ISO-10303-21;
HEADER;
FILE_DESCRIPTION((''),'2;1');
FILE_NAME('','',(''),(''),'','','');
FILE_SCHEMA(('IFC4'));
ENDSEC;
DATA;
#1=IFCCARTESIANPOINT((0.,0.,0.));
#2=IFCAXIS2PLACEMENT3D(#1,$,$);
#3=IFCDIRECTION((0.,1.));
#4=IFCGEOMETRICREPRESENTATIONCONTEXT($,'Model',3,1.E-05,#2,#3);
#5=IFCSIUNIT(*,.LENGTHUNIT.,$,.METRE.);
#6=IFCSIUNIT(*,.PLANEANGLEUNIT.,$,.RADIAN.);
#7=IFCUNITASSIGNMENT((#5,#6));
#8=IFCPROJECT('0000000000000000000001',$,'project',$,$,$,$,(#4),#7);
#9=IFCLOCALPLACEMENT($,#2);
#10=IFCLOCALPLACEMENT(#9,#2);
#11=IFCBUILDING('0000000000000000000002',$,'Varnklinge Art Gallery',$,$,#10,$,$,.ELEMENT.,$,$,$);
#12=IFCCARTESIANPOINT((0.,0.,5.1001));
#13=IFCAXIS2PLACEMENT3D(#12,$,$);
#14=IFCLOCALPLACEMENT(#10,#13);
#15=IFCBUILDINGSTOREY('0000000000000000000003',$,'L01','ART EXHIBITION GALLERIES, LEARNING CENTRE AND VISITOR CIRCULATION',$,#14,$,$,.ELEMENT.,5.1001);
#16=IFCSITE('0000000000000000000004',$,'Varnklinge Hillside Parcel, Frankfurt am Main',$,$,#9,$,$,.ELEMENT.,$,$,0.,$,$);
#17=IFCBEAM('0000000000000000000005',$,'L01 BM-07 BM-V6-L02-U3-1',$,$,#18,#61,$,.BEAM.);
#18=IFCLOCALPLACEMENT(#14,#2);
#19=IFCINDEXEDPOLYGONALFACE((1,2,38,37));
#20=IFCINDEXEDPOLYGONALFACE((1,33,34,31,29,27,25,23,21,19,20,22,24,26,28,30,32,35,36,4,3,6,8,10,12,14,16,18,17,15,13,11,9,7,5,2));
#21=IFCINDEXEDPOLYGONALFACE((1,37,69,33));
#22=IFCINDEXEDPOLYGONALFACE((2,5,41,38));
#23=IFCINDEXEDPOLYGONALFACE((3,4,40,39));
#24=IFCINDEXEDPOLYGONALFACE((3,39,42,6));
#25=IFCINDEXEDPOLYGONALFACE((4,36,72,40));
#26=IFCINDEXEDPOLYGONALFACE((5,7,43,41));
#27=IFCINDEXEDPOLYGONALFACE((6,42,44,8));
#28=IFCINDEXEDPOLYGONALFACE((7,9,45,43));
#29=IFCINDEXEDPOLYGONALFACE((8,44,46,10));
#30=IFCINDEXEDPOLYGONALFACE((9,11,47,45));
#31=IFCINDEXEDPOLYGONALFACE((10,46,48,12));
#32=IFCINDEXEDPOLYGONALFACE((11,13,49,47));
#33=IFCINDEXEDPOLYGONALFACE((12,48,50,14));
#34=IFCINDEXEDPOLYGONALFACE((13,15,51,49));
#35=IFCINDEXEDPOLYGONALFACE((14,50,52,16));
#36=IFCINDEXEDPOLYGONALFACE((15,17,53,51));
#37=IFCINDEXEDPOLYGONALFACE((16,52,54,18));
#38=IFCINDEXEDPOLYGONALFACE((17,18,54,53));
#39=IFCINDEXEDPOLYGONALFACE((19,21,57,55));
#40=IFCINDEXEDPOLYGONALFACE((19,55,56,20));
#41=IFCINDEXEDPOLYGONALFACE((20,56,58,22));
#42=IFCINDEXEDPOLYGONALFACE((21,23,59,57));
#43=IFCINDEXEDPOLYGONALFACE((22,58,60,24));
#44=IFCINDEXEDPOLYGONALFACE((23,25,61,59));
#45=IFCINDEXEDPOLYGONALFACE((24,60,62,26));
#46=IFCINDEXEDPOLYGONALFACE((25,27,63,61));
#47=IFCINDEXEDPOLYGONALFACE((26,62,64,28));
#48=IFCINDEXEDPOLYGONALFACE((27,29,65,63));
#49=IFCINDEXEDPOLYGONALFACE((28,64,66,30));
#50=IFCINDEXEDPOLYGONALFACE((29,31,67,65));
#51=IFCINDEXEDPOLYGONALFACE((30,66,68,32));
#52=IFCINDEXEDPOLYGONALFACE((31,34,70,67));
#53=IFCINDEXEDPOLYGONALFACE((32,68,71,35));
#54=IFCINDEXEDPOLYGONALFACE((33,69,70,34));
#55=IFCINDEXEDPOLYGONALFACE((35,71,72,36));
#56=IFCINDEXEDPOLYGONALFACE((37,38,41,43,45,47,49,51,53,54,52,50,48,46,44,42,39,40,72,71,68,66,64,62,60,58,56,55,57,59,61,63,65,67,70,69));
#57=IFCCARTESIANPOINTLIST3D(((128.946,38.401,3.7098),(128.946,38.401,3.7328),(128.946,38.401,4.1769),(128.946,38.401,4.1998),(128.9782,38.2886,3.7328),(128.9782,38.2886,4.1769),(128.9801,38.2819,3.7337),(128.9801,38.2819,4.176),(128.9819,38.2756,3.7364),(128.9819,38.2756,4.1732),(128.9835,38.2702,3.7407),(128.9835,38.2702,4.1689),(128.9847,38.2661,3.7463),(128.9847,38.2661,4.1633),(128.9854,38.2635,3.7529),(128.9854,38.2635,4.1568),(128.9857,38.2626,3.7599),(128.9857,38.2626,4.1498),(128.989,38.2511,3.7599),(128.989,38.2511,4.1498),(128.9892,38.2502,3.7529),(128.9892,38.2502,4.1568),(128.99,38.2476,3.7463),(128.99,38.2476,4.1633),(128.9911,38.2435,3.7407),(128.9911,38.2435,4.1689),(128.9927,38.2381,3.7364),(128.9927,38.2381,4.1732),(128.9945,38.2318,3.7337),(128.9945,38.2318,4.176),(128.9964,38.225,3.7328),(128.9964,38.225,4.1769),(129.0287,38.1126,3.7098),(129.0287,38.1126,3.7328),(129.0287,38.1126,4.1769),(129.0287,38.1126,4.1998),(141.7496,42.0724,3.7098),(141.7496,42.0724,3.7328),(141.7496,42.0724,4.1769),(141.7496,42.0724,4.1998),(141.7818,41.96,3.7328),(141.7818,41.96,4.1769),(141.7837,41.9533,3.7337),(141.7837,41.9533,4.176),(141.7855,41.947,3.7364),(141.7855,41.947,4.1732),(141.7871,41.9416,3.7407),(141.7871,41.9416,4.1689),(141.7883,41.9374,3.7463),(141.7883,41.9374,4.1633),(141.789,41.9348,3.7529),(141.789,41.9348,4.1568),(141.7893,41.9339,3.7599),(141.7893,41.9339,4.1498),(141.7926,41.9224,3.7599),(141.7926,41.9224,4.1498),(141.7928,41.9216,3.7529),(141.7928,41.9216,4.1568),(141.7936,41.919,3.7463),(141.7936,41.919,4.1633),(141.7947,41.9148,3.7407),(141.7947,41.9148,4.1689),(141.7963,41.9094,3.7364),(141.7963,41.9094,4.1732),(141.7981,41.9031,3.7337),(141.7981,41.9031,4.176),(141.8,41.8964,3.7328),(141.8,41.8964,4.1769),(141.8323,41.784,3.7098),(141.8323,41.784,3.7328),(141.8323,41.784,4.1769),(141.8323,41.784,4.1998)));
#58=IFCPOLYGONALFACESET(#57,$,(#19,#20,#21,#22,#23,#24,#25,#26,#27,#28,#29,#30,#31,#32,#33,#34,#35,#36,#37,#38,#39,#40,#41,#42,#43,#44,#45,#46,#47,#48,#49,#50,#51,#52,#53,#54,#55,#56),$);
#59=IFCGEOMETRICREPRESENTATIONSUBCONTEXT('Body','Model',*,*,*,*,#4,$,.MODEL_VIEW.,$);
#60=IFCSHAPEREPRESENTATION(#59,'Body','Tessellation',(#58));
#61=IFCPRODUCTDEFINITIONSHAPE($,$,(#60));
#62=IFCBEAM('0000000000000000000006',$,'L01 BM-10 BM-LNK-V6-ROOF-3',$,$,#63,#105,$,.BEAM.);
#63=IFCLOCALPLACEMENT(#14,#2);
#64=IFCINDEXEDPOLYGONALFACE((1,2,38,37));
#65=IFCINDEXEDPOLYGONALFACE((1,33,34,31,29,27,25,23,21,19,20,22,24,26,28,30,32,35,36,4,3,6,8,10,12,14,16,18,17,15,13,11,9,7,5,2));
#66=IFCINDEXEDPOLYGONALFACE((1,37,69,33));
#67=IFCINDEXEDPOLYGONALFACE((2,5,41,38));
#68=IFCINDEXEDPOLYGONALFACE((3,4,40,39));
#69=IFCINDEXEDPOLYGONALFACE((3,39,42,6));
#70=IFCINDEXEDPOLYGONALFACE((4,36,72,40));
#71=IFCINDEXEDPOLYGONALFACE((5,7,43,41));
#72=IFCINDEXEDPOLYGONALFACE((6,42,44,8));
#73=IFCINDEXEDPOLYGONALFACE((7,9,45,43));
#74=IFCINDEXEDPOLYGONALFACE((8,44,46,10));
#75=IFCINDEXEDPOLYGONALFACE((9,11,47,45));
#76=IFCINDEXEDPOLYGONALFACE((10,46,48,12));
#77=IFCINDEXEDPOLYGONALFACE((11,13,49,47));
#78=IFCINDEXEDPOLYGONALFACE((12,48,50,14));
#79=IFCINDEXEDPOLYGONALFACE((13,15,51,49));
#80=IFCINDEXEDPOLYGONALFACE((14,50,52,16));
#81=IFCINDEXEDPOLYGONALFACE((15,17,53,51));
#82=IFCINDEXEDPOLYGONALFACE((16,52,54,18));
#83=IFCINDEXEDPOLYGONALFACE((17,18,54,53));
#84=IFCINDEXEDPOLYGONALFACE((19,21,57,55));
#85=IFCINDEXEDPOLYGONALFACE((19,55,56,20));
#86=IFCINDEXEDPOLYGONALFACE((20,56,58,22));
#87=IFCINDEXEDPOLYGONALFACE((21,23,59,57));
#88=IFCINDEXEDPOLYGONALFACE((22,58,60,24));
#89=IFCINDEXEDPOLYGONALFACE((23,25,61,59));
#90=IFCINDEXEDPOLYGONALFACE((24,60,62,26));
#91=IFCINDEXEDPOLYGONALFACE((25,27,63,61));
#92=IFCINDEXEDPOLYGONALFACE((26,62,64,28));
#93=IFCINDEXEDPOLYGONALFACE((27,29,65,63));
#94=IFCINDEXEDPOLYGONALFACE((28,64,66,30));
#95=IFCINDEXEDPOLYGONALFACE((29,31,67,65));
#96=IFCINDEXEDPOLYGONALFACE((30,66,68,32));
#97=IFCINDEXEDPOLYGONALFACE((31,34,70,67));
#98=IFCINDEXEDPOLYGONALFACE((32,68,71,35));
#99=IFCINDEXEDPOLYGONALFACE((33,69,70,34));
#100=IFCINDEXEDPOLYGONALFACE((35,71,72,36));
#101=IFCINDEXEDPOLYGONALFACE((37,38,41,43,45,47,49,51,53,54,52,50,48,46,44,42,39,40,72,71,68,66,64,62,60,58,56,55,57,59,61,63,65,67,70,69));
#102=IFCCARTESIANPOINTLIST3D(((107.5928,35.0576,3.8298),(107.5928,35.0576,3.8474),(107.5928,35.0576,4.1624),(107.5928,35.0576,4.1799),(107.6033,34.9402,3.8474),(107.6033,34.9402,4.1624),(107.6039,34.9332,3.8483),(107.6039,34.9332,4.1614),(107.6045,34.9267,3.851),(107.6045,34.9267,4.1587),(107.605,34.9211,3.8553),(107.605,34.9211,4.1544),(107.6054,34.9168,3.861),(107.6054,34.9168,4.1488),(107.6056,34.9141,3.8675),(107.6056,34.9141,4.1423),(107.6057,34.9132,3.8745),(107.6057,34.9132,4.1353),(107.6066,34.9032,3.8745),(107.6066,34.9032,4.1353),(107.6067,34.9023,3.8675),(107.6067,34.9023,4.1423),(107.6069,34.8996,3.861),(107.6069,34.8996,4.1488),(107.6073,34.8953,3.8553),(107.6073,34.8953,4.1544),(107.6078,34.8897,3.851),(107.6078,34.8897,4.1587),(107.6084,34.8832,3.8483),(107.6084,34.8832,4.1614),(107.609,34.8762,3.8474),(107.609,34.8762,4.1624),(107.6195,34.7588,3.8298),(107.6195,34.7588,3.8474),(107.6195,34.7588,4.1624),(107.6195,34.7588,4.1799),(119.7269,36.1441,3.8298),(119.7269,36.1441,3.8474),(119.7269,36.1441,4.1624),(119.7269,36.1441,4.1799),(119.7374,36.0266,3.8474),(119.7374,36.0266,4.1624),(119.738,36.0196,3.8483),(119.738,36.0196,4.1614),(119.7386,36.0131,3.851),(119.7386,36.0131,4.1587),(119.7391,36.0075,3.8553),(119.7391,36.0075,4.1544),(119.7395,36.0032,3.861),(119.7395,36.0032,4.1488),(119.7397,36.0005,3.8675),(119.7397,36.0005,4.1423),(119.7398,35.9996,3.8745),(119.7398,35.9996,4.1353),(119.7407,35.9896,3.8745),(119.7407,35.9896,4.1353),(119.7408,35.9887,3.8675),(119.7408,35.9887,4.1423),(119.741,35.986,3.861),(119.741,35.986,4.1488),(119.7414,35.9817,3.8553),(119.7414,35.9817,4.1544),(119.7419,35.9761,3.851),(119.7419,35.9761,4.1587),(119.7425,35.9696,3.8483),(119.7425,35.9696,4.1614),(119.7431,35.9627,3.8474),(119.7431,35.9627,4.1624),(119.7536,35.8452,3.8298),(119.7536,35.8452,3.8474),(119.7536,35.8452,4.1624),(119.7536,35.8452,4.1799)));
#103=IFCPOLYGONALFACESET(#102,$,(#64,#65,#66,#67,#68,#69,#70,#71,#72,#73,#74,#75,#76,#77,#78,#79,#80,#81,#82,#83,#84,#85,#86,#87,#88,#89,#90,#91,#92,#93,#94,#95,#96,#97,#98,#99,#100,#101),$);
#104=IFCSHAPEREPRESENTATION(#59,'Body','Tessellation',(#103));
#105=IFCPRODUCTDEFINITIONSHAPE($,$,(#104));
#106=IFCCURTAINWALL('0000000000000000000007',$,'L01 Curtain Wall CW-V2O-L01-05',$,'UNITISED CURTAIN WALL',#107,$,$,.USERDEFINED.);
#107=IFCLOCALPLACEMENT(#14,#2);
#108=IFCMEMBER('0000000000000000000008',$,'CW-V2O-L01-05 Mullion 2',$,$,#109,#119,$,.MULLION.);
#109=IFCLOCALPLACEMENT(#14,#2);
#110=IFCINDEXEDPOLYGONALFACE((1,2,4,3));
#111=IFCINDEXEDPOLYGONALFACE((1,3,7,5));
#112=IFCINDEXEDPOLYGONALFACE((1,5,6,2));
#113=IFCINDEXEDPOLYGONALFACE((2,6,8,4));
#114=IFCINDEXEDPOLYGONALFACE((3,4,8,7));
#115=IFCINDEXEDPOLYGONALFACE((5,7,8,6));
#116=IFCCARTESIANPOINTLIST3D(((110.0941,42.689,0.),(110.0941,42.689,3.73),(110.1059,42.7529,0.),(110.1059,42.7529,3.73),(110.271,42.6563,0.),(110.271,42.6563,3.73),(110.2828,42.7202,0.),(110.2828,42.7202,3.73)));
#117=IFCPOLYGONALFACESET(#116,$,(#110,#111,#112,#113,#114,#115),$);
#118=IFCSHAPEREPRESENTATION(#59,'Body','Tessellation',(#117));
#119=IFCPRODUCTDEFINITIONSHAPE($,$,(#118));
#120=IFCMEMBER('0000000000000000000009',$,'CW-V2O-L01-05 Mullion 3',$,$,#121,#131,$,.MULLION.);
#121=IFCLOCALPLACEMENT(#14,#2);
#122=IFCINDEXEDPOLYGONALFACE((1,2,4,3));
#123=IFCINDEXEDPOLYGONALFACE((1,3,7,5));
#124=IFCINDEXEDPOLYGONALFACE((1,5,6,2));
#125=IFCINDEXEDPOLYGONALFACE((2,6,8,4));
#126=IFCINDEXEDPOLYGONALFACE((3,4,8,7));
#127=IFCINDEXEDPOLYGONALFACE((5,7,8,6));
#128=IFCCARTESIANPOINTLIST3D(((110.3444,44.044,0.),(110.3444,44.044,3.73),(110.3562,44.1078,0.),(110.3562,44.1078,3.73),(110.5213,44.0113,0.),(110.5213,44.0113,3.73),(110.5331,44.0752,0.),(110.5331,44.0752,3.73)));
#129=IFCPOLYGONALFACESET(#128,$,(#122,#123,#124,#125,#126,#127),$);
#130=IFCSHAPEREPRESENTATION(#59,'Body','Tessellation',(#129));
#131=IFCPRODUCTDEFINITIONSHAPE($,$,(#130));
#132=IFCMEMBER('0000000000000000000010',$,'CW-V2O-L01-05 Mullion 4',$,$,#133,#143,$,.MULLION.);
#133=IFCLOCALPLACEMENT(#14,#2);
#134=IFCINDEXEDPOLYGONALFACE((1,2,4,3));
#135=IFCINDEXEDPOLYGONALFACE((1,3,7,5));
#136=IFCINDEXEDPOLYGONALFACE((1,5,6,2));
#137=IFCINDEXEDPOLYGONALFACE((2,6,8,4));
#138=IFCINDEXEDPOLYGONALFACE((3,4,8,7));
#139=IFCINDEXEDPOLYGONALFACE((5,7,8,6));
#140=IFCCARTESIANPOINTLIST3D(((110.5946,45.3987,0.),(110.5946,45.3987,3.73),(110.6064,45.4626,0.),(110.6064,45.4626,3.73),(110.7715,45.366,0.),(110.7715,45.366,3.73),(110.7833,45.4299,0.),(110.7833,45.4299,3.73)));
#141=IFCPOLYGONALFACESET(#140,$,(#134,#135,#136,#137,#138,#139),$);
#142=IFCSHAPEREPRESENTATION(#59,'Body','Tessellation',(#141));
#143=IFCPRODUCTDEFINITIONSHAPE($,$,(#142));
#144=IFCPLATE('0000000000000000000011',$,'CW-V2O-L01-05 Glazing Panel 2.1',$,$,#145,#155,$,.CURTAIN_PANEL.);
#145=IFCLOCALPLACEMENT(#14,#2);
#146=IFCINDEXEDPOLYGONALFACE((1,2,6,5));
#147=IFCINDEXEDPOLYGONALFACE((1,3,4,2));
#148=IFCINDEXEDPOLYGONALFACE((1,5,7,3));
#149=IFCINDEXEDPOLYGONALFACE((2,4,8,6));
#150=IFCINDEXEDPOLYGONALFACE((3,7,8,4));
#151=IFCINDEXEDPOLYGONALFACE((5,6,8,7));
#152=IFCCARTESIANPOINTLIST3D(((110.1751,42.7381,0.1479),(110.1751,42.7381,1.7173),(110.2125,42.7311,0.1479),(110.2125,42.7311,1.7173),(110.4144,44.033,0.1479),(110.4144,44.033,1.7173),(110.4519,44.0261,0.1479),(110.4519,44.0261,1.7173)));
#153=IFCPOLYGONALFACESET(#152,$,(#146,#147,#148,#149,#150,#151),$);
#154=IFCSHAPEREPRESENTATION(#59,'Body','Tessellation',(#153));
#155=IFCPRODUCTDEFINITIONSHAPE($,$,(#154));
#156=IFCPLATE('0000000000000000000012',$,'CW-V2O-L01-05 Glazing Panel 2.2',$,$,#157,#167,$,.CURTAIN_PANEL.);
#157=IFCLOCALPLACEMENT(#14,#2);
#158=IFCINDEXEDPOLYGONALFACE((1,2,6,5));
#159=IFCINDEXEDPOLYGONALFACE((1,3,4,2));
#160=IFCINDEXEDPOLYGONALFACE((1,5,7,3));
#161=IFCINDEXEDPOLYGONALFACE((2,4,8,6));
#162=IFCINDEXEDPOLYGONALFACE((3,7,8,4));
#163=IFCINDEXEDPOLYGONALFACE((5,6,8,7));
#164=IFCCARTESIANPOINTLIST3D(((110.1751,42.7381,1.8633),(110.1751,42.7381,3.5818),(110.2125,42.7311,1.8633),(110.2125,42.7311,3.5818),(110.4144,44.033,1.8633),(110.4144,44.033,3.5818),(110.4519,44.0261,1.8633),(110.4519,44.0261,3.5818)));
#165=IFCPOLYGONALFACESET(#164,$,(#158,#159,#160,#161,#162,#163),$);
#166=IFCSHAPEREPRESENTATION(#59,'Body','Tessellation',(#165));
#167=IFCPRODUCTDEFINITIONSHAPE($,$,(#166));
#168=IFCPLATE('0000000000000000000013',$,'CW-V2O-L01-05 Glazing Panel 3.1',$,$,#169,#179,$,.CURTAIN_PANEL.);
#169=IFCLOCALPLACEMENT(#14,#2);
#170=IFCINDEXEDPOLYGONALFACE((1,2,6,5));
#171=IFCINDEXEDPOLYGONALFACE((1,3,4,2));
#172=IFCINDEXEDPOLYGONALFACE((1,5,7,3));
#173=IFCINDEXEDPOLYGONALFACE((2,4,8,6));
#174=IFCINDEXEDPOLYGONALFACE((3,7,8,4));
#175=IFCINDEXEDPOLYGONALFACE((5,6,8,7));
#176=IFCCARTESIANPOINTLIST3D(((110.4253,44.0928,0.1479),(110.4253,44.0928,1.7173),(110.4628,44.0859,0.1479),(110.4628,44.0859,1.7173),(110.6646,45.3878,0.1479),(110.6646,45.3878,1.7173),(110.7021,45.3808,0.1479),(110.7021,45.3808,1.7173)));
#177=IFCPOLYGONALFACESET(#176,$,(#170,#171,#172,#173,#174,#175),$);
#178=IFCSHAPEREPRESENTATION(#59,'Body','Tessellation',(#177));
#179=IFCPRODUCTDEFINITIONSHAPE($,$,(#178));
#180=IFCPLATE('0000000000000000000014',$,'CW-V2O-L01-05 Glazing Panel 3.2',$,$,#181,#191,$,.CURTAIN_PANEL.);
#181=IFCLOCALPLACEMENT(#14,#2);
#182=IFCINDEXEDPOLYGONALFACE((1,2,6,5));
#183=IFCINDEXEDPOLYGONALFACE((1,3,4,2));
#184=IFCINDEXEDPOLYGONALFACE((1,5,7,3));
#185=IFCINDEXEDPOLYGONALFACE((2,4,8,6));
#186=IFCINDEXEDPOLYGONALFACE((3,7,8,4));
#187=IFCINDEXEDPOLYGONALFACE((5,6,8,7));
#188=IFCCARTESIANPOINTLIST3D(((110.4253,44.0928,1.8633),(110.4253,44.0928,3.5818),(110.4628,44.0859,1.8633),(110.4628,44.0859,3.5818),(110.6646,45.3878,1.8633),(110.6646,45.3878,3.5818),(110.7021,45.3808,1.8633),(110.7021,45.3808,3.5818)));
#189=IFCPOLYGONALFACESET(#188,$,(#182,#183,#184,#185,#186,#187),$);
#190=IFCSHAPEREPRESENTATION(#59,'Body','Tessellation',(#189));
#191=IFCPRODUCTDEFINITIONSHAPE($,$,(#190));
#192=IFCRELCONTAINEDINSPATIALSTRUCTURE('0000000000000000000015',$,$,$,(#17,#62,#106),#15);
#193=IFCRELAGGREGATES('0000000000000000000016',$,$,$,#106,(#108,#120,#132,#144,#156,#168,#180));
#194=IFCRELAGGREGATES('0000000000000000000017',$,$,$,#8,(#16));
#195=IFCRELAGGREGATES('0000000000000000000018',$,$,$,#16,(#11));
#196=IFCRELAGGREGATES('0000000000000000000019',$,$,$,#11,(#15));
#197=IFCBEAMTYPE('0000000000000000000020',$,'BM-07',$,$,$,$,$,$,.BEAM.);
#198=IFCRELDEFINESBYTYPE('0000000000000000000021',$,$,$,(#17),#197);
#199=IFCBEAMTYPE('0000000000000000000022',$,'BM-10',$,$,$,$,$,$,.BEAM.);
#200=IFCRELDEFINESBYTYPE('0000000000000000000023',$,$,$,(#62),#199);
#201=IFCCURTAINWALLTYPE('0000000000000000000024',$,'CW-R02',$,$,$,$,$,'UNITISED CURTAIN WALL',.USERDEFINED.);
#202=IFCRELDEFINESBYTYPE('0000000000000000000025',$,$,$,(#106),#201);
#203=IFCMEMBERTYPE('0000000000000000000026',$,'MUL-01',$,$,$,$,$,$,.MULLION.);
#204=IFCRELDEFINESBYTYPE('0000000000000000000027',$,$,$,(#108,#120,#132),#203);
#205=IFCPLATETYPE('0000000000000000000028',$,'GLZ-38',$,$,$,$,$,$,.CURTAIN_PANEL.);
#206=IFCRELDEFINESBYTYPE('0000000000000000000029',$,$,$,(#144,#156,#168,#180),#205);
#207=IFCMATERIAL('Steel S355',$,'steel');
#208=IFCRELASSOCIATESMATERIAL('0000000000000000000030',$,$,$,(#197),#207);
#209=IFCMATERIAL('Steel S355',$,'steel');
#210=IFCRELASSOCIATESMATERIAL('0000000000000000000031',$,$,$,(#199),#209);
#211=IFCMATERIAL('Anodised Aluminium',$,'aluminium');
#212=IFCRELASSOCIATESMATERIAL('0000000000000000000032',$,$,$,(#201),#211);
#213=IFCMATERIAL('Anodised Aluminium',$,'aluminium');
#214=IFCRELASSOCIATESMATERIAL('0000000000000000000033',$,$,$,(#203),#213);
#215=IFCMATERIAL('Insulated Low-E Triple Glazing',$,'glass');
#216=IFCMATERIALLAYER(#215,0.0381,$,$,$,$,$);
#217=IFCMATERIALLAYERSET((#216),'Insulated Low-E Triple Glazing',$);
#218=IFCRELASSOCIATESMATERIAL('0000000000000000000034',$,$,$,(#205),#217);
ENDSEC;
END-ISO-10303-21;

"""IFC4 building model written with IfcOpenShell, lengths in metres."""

from ifc_helpers import new_model, si_unit, direction, frame, origin, origin_2d, place, context, subcontext, project, spatial, rectangle, i_section, extrude, material, layer, layer_set, material_profile, profile_set, type_object, element, aggregate, save


model = new_model("IFC4")

# Units and contexts
model_context = context("Model", 3, precision=1e-05, world=origin(), true_north=direction((0.0, 1.0)))
body_context = subcontext(model_context, "Body", "Model", "MODEL_VIEW")
ifc_project = project(units=[si_unit("LENGTHUNIT", "METRE"), si_unit("PLANEANGLEUNIT", "RADIAN")], contexts=[model_context])

# Site, building, storey
site_placement = place(None, origin())
site = spatial("IfcSite", under=ifc_project, at=site_placement, Name="Varnklinge Hillside Parcel, Frankfurt am Main", CompositionType="ELEMENT", RefElevation=0.0)
building_placement = place(site_placement, origin())
building = spatial("IfcBuilding", under=site, at=building_placement, Name="Varnklinge Art Gallery", CompositionType="ELEMENT")
storey_placement = place(building_placement, frame((0.0, 0.0, 5.1001)))
storey = spatial("IfcBuildingStorey", under=building, at=storey_placement, Name="L01", Description="ART EXHIBITION GALLERIES, LEARNING CENTRE AND VISITOR CIRCULATION", CompositionType="ELEMENT", Elevation=5.1001)

# Beams
ifc_material_1 = material(Name="Steel S355", Category="steel")
ifc_material_profile_1 = material_profile(ifc_material_1, i_section(OverallWidth=0.3, OverallDepth=0.49, WebThickness=0.012, FlangeThickness=0.0229, FilletRadius=0.0271, at=origin_2d()), Name="HEA 500")
ifc_profile_set_1 = profile_set([ifc_material_profile_1], Name="Steel S355")
beam_type_1 = type_object("IfcBeamType", Name="BM-07", PredefinedType="BEAM", material=ifc_profile_set_1)
beam_1_placement = place(storey_placement, frame((128.9873, 38.2568, 3.9548), z_axis=(0.961262, 0.275636, 0.0), x_axis=(-0.275636, 0.961262, 0.0)))
element("IfcBeam", 1, at=beam_1_placement, inside=storey, type_object=beam_type_1, Name="L01 BM-07 BM-V6-L02-U3-1", PredefinedType="BEAM", context=body_context, shape_type="SweptSolid", body=[
    extrude(i_section(OverallWidth=0.3, OverallDepth=0.49, WebThickness=0.012, FlangeThickness=0.0229, FilletRadius=0.0271, at=origin_2d()), origin(), (0.0, 0.0, 1.0), 13.3196),
])
ifc_material_2 = material(Name="Steel S355", Category="steel")
ifc_material_profile_2 = material_profile(ifc_material_2, i_section(OverallWidth=0.3, OverallDepth=0.3501, WebThickness=0.01, FlangeThickness=0.0176, FilletRadius=0.0271, at=origin_2d()), Name="HEA 360")
ifc_profile_set_2 = profile_set([ifc_material_profile_2], Name="Steel S355")
beam_type_2 = type_object("IfcBeamType", Name="BM-10", PredefinedType="BEAM", material=ifc_profile_set_2)
beam_2_placement = place(storey_placement, frame((119.7402, 35.9946, 4.0049), z_axis=(-0.996016, -0.089179, 0.0), x_axis=(0.089179, -0.996016, 0.0)))
element("IfcBeam", 2, at=beam_2_placement, inside=storey, type_object=beam_type_2, Name="L01 BM-10 BM-LNK-V6-ROOF-3", PredefinedType="BEAM", context=body_context, shape_type="SweptSolid", body=[
    extrude(i_section(OverallWidth=0.3, OverallDepth=0.3501, WebThickness=0.01, FlangeThickness=0.0176, FilletRadius=0.0271, at=origin_2d()), origin(), (0.0, 0.0, 1.0), 12.1826),
])

# Curtain wall, members, plates
ifc_material_3 = material(Name="Anodised Aluminium", Category="aluminium")
curtain_wall_type = type_object("IfcCurtainWallType", Name="CW-R02", ElementType="UNITISED CURTAIN WALL", PredefinedType="USERDEFINED", material=ifc_material_3)
curtain_wall_placement = place(storey_placement, origin())
curtain_wall = element("IfcCurtainWall", 3, at=curtain_wall_placement, inside=storey, type_object=curtain_wall_type, Name="L01 Curtain Wall CW-V2O-L01-05", ObjectType="UNITISED CURTAIN WALL", PredefinedType="USERDEFINED")
ifc_material_4 = material(Name="Anodised Aluminium", Category="aluminium")
ifc_material_profile_3 = material_profile(ifc_material_4, rectangle(XDim=0.0649, YDim=0.1799, at=origin_2d()), Name="ALU 65x180")
ifc_profile_set_3 = profile_set([ifc_material_profile_3], Name="Anodised Aluminium")
member_type = type_object("IfcMemberType", Name="MUL-01", PredefinedType="MULLION", material=ifc_profile_set_3)
member_1_placement = place(storey_placement, frame((110.1885, 42.7046, 0.0), z_axis=(0.0, 0.0, 1.0), x_axis=(0.181721, 0.98335, 0.0)))
member_1 = element("IfcMember", 4, at=member_1_placement, type_object=member_type, Name="CW-V2O-L01-05 Mullion 2", PredefinedType="MULLION", context=body_context, shape_type="SweptSolid", body=[
    extrude(rectangle(XDim=0.0649, YDim=0.1799, at=origin_2d()), origin(), (0.0, 0.0, 1.0), 3.73),
])
member_2_placement = place(storey_placement, frame((110.4387, 44.0596, 0.0), z_axis=(0.0, 0.0, 1.0), x_axis=(0.181721, 0.98335, 0.0)))
member_2 = element("IfcMember", 5, at=member_2_placement, type_object=member_type, Name="CW-V2O-L01-05 Mullion 3", PredefinedType="MULLION", context=body_context, shape_type="SweptSolid", body=[
    extrude(rectangle(XDim=0.0649, YDim=0.1799, at=origin_2d()), origin(), (0.0, 0.0, 1.0), 3.73),
])
member_3_placement = place(storey_placement, frame((110.689, 45.4143, 0.0), z_axis=(0.0, 0.0, 1.0), x_axis=(0.181721, 0.98335, 0.0)))
member_3 = element("IfcMember", 6, at=member_3_placement, type_object=member_type, Name="CW-V2O-L01-05 Mullion 4", PredefinedType="MULLION", context=body_context, shape_type="SweptSolid", body=[
    extrude(rectangle(XDim=0.0649, YDim=0.1799, at=origin_2d()), origin(), (0.0, 0.0, 1.0), 3.73),
])
ifc_material_5 = material(Name="Insulated Low-E Triple Glazing", Category="glass")
ifc_layer_1 = layer(ifc_material_5, 0.0381)
ifc_layer_set_1 = layer_set([ifc_layer_1], Name="Insulated Low-E Triple Glazing")
plate_type = type_object("IfcPlateType", Name="GLZ-38", PredefinedType="CURTAIN_PANEL", material=ifc_layer_set_1)
plate_1_placement = place(storey_placement, frame((110.3135, 43.3821, 0.1479), z_axis=(0.0, 0.0, 1.0), x_axis=(0.181721, 0.98335, 0.0)))
plate_1 = element("IfcPlate", 7, at=plate_1_placement, type_object=plate_type, Name="CW-V2O-L01-05 Glazing Panel 2.1", PredefinedType="CURTAIN_PANEL", context=body_context, shape_type="SweptSolid", body=[
    extrude(rectangle(XDim=1.3169, YDim=0.0381, at=origin_2d()), origin(), (0.0, 0.0, 1.0), 1.5693),
])
plate_2_placement = place(storey_placement, frame((110.3135, 43.3821, 1.8633), z_axis=(0.0, 0.0, 1.0), x_axis=(0.181721, 0.98335, 0.0)))
plate_2 = element("IfcPlate", 8, at=plate_2_placement, type_object=plate_type, Name="CW-V2O-L01-05 Glazing Panel 2.2", PredefinedType="CURTAIN_PANEL", context=body_context, shape_type="SweptSolid", body=[
    extrude(rectangle(XDim=1.3169, YDim=0.0381, at=origin_2d()), origin(), (0.0, 0.0, 1.0), 1.7185),
])
plate_3_placement = place(storey_placement, frame((110.5637, 44.7368, 0.1479), z_axis=(0.0, 0.0, 1.0), x_axis=(0.181721, 0.98335, 0.0)))
plate_3 = element("IfcPlate", 9, at=plate_3_placement, type_object=plate_type, Name="CW-V2O-L01-05 Glazing Panel 3.1", PredefinedType="CURTAIN_PANEL", context=body_context, shape_type="SweptSolid", body=[
    extrude(rectangle(XDim=1.3169, YDim=0.0381, at=origin_2d()), origin(), (0.0, 0.0, 1.0), 1.5693),
])
plate_4_placement = place(storey_placement, frame((110.5637, 44.7368, 1.8633), z_axis=(0.0, 0.0, 1.0), x_axis=(0.181721, 0.98335, 0.0)))
plate_4 = element("IfcPlate", 10, at=plate_4_placement, type_object=plate_type, Name="CW-V2O-L01-05 Glazing Panel 3.2", PredefinedType="CURTAIN_PANEL", context=body_context, shape_type="SweptSolid", body=[
    extrude(rectangle(XDim=1.3169, YDim=0.0381, at=origin_2d()), origin(), (0.0, 0.0, 1.0), 1.7185),
])
aggregate(curtain_wall, [member_1, member_2, member_3, plate_1, plate_2, plate_3, plate_4])

save(model, "model.ifc")
